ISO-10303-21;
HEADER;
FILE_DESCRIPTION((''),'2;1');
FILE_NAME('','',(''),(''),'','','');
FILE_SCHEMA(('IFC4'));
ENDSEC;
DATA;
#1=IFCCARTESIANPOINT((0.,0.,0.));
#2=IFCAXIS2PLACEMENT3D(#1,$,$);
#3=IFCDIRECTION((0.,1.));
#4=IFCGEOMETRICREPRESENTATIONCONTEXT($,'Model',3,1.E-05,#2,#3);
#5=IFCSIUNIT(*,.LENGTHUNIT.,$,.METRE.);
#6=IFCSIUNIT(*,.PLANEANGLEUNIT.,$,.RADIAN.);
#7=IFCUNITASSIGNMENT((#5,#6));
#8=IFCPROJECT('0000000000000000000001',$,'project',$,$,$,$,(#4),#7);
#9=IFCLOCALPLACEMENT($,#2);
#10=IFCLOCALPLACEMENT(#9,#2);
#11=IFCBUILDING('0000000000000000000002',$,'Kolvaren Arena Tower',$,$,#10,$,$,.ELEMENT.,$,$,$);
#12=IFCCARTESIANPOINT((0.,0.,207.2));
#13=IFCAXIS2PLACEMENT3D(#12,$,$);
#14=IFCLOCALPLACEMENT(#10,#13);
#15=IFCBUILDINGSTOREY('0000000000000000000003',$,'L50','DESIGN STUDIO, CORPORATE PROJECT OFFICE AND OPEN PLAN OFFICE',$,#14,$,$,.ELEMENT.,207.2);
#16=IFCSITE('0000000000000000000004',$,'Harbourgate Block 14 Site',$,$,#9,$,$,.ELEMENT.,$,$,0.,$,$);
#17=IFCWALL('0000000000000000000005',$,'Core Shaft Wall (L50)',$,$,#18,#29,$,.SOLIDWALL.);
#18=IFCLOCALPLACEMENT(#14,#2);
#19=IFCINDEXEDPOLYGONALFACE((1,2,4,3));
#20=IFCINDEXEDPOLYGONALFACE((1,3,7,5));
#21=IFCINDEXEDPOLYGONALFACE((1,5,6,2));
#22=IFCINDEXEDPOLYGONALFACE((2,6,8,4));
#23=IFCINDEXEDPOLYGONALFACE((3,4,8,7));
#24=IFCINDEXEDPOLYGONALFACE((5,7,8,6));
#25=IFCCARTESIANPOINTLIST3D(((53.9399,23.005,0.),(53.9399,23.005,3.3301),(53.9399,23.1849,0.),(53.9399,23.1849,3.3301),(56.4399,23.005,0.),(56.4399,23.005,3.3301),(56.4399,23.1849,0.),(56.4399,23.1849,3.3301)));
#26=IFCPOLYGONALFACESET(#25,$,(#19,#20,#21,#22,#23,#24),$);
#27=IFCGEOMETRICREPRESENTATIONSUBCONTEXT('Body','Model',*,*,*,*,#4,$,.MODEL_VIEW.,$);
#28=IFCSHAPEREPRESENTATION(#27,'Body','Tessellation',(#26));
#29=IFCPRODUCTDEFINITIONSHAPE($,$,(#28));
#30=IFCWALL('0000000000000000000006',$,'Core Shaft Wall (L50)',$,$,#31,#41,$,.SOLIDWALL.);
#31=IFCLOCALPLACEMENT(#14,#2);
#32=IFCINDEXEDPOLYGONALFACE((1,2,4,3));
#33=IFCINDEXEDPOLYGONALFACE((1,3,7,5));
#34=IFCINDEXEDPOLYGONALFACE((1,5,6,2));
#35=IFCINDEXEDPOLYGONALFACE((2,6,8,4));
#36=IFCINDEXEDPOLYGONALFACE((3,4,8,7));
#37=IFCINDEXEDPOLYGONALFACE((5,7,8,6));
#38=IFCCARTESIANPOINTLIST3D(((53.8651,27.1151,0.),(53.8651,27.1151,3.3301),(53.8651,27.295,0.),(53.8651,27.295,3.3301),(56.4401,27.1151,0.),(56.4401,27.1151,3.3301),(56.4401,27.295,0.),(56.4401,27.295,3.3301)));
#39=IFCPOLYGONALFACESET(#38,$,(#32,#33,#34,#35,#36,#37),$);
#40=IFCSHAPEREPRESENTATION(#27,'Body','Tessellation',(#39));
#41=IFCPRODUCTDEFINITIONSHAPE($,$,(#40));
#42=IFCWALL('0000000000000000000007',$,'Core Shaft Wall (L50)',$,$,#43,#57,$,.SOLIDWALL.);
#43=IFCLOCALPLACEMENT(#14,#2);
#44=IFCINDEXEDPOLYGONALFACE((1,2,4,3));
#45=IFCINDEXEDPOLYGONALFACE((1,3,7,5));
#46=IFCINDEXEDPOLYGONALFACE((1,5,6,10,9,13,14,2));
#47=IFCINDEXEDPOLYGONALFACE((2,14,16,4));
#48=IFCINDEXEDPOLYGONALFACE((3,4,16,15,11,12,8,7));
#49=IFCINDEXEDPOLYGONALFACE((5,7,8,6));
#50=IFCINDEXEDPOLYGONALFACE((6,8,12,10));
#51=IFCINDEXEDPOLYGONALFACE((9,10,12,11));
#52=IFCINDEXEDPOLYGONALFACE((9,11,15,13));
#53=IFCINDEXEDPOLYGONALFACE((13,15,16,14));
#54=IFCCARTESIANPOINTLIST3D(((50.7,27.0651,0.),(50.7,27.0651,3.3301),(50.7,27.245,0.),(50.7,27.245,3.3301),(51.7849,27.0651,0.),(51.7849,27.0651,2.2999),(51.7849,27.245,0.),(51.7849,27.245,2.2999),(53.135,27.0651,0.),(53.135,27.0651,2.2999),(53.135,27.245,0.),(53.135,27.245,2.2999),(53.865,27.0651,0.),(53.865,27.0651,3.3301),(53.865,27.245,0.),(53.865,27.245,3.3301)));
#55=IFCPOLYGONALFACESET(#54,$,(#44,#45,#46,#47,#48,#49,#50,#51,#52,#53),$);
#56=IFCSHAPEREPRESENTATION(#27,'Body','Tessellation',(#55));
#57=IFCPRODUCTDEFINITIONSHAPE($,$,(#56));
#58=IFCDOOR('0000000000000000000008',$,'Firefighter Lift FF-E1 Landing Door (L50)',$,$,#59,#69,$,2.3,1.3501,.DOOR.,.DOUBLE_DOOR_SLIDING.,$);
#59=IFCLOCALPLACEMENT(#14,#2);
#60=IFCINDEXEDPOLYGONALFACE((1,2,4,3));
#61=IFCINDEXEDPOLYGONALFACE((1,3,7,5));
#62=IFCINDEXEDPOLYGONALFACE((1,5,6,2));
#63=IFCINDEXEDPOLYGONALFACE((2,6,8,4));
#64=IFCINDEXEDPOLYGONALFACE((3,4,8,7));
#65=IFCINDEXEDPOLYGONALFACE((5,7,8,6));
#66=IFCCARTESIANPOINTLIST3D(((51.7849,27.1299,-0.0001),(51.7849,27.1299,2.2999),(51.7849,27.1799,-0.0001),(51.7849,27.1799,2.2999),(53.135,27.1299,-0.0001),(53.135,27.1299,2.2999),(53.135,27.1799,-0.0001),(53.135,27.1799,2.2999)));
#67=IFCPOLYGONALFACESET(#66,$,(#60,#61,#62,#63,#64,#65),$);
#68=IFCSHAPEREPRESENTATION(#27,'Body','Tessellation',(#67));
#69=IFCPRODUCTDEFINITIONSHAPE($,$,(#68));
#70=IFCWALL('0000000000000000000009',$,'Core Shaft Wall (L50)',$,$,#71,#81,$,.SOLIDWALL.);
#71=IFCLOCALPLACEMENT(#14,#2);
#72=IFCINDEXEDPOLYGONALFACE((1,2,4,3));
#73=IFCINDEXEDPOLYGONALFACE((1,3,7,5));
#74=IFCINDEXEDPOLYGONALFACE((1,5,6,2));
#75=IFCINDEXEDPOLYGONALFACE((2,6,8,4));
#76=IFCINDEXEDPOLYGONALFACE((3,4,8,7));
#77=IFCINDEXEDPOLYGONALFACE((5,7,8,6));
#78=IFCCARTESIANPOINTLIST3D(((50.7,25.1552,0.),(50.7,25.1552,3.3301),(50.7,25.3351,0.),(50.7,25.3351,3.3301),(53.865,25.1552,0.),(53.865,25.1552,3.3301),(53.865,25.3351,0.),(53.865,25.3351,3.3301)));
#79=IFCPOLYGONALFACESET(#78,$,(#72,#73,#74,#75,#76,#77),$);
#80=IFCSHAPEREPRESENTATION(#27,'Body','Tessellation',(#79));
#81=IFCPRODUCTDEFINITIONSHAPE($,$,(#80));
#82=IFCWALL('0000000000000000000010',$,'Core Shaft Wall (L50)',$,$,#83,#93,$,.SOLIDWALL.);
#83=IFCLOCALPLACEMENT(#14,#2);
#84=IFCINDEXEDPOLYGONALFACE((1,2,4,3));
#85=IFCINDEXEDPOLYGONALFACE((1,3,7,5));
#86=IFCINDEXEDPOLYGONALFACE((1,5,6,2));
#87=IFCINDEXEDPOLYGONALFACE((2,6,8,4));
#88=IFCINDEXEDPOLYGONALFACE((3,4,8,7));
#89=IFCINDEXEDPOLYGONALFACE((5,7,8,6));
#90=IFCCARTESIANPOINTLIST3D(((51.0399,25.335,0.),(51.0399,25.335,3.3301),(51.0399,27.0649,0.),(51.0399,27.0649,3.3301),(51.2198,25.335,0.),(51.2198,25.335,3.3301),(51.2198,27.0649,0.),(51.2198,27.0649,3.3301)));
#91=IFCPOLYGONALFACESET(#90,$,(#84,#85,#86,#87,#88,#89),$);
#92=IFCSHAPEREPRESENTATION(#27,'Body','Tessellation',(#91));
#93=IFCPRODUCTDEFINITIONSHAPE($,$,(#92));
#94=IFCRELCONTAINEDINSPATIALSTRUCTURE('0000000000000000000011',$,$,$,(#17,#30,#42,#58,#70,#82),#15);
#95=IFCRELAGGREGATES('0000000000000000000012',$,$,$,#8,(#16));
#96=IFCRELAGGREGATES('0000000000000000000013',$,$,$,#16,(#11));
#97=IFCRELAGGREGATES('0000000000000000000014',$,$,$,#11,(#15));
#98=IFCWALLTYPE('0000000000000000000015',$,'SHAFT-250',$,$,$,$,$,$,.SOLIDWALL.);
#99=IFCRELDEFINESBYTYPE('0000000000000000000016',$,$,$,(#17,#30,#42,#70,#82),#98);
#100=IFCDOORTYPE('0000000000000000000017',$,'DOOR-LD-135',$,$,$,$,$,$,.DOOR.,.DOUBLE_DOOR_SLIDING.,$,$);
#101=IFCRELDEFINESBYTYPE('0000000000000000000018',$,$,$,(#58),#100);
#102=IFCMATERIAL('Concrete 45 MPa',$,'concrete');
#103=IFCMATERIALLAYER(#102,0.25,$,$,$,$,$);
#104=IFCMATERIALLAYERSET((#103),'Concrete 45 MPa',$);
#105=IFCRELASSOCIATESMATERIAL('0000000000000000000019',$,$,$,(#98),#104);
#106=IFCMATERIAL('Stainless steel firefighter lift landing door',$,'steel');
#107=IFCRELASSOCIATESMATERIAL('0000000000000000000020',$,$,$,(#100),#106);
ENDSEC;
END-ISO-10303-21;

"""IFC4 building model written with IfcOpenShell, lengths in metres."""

from ifc_helpers import new_model, si_unit, direction, frame, frame_2d, origin, place, context, subcontext, project, spatial, rectangle, extrude, material, layer, layer_set, type_object, element, fill, save


model = new_model("IFC4")

# Units and contexts
model_context = context("Model", 3, precision=1e-05, world=origin(), true_north=direction((0.0, 1.0)))
body_context = subcontext(model_context, "Body", "Model", "MODEL_VIEW")
ifc_project = project(units=[si_unit("LENGTHUNIT", "METRE"), si_unit("PLANEANGLEUNIT", "RADIAN")], contexts=[model_context])

# Site, building, storey
site_placement = place(None, origin())
site = spatial("IfcSite", under=ifc_project, at=site_placement, Name="Harbourgate Block 14 Site", CompositionType="ELEMENT", RefElevation=0.0)
building_placement = place(site_placement, origin())
building = spatial("IfcBuilding", under=site, at=building_placement, Name="Kolvaren Arena Tower", CompositionType="ELEMENT")
storey_placement = place(building_placement, frame((0.0, 0.0, 207.2)))
storey = spatial("IfcBuildingStorey", under=building, at=storey_placement, Name="L50", Description="DESIGN STUDIO, CORPORATE PROJECT OFFICE AND OPEN PLAN OFFICE", CompositionType="ELEMENT", Elevation=207.2)

# Walls
ifc_material_1 = material(Name="Concrete 45 MPa", Category="concrete")
ifc_layer_1 = layer(ifc_material_1, 0.25)
ifc_layer_set_1 = layer_set([ifc_layer_1], Name="Concrete 45 MPa")
wall_type_1 = type_object("IfcWallType", Name="SHAFT-250", PredefinedType="SOLIDWALL", material=ifc_layer_set_1)
wall_1_placement = place(storey_placement, frame((53.9399, 23.095, 0.0), z_axis=(0.0, 0.0, 1.0), x_axis=(1.0, 0.0, 0.0)))
element("IfcWall", 1, at=wall_1_placement, inside=storey, type_object=wall_type_1, Name="Core Shaft Wall (L50)", PredefinedType="SOLIDWALL", context=body_context, shape_type="SweptSolid", body=[
    extrude(rectangle(XDim=2.5, YDim=0.1799, at=frame_2d((1.25, 0.0))), origin(), (0.0, 0.0, 1.0), 3.3301),
])
wall_2_placement = place(storey_placement, frame((53.865, 27.2051, 0.0), z_axis=(0.0, 0.0, 1.0), x_axis=(1.0, 0.0, 0.0)))
element("IfcWall", 2, at=wall_2_placement, inside=storey, type_object=wall_type_1, Name="Core Shaft Wall (L50)", PredefinedType="SOLIDWALL", context=body_context, shape_type="SweptSolid", body=[
    extrude(rectangle(XDim=2.575, YDim=0.1799, at=frame_2d((1.2876, 0.0))), origin(), (0.0, 0.0, 1.0), 3.3301),
])

# Wall, opening, door
wall_3_placement = place(storey_placement, frame((50.7, 27.155, 0.0), z_axis=(0.0, 0.0, 1.0), x_axis=(1.0, 0.0, 0.0)))
wall_3 = element("IfcWall", 3, at=wall_3_placement, inside=storey, type_object=wall_type_1, Name="Core Shaft Wall (L50)", PredefinedType="SOLIDWALL", context=body_context, shape_type="SweptSolid", body=[
    extrude(rectangle(XDim=3.165, YDim=0.1799, at=frame_2d((1.5825, 0.0))), origin(), (0.0, 0.0, 1.0), 3.3301),
])
opening_1_placement = place(wall_3_placement, frame((1.085, 0.0, 0.0)))
opening_1 = element("IfcOpeningElement", 4, at=opening_1_placement, cuts=wall_3, PredefinedType="OPENING", context=body_context, shape_type="SweptSolid", body=[
    extrude(rectangle(XDim=1.3501, YDim=2.3, at=frame_2d((0.675, 1.1499))), frame((0.0, 0.0999, 0.0), z_axis=(0.0, -1.0, 0.0), x_axis=(1.0, 0.0, 0.0)), (0.0, 0.0, 1.0), 0.2),
])
ifc_material_2 = material(Name="Stainless steel firefighter lift landing door", Category="steel")
door_type_1 = type_object("IfcDoorType", Name="DOOR-LD-135", OperationType="DOUBLE_DOOR_SLIDING", PredefinedType="DOOR", material=ifc_material_2)
door_1_placement = place(opening_1_placement, origin())
door_1 = element("IfcDoor", 5, at=door_1_placement, inside=storey, type_object=door_type_1, Name="Firefighter Lift FF-E1 Landing Door (L50)", OperationType="DOUBLE_DOOR_SLIDING", OverallHeight=2.3, OverallWidth=1.3501, PredefinedType="DOOR", context=body_context, shape_type="SweptSolid", body=[
    extrude(rectangle(XDim=1.3501, YDim=2.3, at=frame_2d((0.675, 1.1499))), frame((0.0, 0.0249, 0.0), z_axis=(0.0, -1.0, 0.0), x_axis=(1.0, 0.0, 0.0)), (0.0, 0.0, 1.0), 0.05),
])
fill(opening_1, door_1)

# Walls
wall_4_placement = place(storey_placement, frame((50.7, 25.2451, 0.0), z_axis=(0.0, 0.0, 1.0), x_axis=(1.0, 0.0, 0.0)))
element("IfcWall", 6, at=wall_4_placement, inside=storey, type_object=wall_type_1, Name="Core Shaft Wall (L50)", PredefinedType="SOLIDWALL", context=body_context, shape_type="SweptSolid", body=[
    extrude(rectangle(XDim=3.165, YDim=0.1799, at=frame_2d((1.5825, 0.0))), origin(), (0.0, 0.0, 1.0), 3.3301),
])
wall_5_placement = place(storey_placement, frame((51.1299, 25.335, 0.0), z_axis=(0.0, 0.0, 1.0), x_axis=(0.0, 1.0, 0.0)))
element("IfcWall", 7, at=wall_5_placement, inside=storey, type_object=wall_type_1, Name="Core Shaft Wall (L50)", PredefinedType="SOLIDWALL", context=body_context, shape_type="SweptSolid", body=[
    extrude(rectangle(XDim=1.73, YDim=0.1799, at=frame_2d((0.865, 0.0))), origin(), (0.0, 0.0, 1.0), 3.3301),
])

save(model, "model.ifc")
